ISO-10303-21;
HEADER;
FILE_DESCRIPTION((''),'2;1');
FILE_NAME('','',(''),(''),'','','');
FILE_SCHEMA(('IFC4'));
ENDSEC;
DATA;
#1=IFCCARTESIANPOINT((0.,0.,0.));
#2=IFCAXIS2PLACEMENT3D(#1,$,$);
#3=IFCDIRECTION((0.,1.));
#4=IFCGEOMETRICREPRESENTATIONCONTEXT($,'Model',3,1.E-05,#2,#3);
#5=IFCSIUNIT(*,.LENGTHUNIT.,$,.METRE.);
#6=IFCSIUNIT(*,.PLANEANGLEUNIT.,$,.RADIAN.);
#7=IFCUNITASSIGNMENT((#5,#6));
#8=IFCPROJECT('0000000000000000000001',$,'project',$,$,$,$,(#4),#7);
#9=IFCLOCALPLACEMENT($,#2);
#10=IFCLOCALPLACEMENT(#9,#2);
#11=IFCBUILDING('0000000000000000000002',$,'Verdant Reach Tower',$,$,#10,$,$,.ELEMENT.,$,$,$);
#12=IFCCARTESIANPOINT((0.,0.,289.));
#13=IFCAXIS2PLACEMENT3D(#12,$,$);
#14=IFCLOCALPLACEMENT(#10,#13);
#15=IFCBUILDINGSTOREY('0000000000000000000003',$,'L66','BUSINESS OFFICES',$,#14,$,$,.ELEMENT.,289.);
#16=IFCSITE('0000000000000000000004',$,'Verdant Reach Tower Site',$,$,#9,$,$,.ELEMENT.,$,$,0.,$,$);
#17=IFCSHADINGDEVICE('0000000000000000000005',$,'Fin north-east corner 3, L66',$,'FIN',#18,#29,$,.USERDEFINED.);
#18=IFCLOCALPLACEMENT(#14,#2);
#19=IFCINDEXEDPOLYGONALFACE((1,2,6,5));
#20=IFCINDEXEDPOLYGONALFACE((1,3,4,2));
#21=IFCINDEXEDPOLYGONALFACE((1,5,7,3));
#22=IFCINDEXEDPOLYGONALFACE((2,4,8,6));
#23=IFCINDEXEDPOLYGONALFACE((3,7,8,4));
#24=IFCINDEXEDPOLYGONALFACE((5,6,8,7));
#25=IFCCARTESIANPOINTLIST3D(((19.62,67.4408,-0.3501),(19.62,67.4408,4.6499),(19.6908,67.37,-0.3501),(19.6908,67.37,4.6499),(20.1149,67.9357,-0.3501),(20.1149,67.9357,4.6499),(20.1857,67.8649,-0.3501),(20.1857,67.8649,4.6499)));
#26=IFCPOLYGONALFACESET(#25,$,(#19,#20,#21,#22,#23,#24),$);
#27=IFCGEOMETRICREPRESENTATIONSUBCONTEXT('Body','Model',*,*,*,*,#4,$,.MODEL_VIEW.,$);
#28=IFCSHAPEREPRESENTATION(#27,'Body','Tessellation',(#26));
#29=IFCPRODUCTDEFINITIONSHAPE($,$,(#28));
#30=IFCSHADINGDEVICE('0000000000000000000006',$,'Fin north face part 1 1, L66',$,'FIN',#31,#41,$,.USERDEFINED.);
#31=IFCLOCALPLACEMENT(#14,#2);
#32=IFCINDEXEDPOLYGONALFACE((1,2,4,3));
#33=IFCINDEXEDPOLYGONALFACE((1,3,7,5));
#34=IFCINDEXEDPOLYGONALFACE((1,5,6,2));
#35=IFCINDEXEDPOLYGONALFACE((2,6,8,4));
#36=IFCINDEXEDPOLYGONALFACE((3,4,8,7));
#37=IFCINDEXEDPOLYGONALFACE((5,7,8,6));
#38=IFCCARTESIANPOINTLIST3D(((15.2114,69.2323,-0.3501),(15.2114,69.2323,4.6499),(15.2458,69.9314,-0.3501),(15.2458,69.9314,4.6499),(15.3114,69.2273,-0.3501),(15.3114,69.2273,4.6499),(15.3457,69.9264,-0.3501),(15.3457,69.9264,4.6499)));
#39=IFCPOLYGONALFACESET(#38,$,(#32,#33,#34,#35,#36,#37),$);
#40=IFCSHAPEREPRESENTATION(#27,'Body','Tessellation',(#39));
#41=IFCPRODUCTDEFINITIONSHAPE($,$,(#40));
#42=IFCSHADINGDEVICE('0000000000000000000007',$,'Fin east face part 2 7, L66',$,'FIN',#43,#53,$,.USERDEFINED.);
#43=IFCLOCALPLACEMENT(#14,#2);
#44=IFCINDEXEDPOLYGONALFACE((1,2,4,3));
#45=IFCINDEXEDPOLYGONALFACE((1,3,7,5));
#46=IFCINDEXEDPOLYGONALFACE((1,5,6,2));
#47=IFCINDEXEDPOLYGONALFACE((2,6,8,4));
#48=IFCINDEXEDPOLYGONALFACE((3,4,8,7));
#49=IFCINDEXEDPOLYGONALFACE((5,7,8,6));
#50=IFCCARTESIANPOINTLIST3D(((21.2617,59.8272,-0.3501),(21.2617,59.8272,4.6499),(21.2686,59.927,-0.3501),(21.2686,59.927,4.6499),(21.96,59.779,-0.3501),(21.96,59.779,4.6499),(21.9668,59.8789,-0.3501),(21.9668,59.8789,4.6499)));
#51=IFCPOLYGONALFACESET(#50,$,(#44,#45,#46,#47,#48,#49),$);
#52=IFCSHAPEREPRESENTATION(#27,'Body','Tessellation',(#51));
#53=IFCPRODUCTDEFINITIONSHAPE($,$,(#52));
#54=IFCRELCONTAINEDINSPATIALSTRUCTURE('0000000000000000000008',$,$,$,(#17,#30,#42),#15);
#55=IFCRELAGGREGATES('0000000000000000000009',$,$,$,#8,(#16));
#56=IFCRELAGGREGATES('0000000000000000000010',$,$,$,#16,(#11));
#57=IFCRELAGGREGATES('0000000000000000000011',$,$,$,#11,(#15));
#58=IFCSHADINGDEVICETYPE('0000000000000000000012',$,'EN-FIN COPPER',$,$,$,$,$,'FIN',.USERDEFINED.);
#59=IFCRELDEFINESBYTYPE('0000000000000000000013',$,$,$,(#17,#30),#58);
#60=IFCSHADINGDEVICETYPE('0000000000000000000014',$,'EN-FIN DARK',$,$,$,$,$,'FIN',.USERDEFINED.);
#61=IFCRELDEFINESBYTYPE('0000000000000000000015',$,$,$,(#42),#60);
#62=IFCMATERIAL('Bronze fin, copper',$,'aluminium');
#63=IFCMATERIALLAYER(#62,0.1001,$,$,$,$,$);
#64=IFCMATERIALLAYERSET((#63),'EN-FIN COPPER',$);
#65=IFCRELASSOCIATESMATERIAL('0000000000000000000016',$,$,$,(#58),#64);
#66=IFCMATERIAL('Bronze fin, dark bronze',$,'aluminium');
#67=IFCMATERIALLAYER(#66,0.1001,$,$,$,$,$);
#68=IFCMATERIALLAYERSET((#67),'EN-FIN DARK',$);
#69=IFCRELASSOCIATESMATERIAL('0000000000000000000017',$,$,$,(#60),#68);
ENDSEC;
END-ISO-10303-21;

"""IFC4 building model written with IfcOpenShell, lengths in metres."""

from ifc_helpers import new_model, si_unit, direction, frame, origin, origin_2d, place, context, subcontext, project, spatial, rectangle, extrude, material, layer, layer_set, type_object, element, save


model = new_model("IFC4")

# Units and contexts
model_context = context("Model", 3, precision=1e-05, world=origin(), true_north=direction((0.0, 1.0)))
body_context = subcontext(model_context, "Body", "Model", "MODEL_VIEW")
ifc_project = project(units=[si_unit("LENGTHUNIT", "METRE"), si_unit("PLANEANGLEUNIT", "RADIAN")], contexts=[model_context])

# Site, building, storey
site_placement = place(None, origin())
site = spatial("IfcSite", under=ifc_project, at=site_placement, Name="Verdant Reach Tower Site", CompositionType="ELEMENT", RefElevation=0.0)
building_placement = place(site_placement, origin())
building = spatial("IfcBuilding", under=site, at=building_placement, Name="Verdant Reach Tower", CompositionType="ELEMENT")
storey_placement = place(building_placement, frame((0.0, 0.0, 289.0)))
storey = spatial("IfcBuildingStorey", under=building, at=storey_placement, Name="L66", Description="BUSINESS OFFICES", CompositionType="ELEMENT", Elevation=289.0)

# Shading devices
ifc_material_1 = material(Name="Bronze fin, copper", Category="aluminium")
ifc_layer_1 = layer(ifc_material_1, 0.1001)
ifc_layer_set_1 = layer_set([ifc_layer_1], Name="EN-FIN COPPER")
shading_device_type_1 = type_object("IfcShadingDeviceType", Name="EN-FIN COPPER", ElementType="FIN", PredefinedType="USERDEFINED", material=ifc_layer_set_1)
for number, where, z_axis, x_axis, name in (
    (1, (19.9028, 67.6528, -0.3501), (0.0, 0.0, 1.0), (-0.707107, 0.707107, 0.0), "Fin north-east corner 3, L66"),
    (2, (15.2786, 69.5793, -0.3501), (0.0, 0.0, 1.0), (-0.998793, 0.049128, 0.0), "Fin north face part 1 1, L66"),
):
    element("IfcShadingDevice", number, at=place(storey_placement, frame(where, z_axis=z_axis, x_axis=x_axis)), inside=storey, type_object=shading_device_type_1, Name=name, ObjectType="FIN", PredefinedType="USERDEFINED", context=body_context, shape_type="SweptSolid", body=[
        extrude(rectangle(XDim=0.1001, YDim=0.7, at=origin_2d()), origin(), (0.0, 0.0, 1.0), 5.0),
    ])
ifc_material_2 = material(Name="Bronze fin, dark bronze", Category="aluminium")
ifc_layer_2 = layer(ifc_material_2, 0.1001)
ifc_layer_set_2 = layer_set([ifc_layer_2], Name="EN-FIN DARK")
shading_device_type_2 = type_object("IfcShadingDeviceType", Name="EN-FIN DARK", ElementType="FIN", PredefinedType="USERDEFINED", material=ifc_layer_set_2)
shading_device_1_placement = place(storey_placement, frame((21.6143, 59.853, -0.3501), z_axis=(0.0, 0.0, 1.0), x_axis=(0.068802, 0.99763, 0.0)))
element("IfcShadingDevice", 3, at=shading_device_1_placement, inside=storey, type_object=shading_device_type_2, Name="Fin east face part 2 7, L66", ObjectType="FIN", PredefinedType="USERDEFINED", context=body_context, shape_type="SweptSolid", body=[
    extrude(rectangle(XDim=0.1001, YDim=0.7, at=origin_2d()), origin(), (0.0, 0.0, 1.0), 5.0),
])

save(model, "model.ifc")
